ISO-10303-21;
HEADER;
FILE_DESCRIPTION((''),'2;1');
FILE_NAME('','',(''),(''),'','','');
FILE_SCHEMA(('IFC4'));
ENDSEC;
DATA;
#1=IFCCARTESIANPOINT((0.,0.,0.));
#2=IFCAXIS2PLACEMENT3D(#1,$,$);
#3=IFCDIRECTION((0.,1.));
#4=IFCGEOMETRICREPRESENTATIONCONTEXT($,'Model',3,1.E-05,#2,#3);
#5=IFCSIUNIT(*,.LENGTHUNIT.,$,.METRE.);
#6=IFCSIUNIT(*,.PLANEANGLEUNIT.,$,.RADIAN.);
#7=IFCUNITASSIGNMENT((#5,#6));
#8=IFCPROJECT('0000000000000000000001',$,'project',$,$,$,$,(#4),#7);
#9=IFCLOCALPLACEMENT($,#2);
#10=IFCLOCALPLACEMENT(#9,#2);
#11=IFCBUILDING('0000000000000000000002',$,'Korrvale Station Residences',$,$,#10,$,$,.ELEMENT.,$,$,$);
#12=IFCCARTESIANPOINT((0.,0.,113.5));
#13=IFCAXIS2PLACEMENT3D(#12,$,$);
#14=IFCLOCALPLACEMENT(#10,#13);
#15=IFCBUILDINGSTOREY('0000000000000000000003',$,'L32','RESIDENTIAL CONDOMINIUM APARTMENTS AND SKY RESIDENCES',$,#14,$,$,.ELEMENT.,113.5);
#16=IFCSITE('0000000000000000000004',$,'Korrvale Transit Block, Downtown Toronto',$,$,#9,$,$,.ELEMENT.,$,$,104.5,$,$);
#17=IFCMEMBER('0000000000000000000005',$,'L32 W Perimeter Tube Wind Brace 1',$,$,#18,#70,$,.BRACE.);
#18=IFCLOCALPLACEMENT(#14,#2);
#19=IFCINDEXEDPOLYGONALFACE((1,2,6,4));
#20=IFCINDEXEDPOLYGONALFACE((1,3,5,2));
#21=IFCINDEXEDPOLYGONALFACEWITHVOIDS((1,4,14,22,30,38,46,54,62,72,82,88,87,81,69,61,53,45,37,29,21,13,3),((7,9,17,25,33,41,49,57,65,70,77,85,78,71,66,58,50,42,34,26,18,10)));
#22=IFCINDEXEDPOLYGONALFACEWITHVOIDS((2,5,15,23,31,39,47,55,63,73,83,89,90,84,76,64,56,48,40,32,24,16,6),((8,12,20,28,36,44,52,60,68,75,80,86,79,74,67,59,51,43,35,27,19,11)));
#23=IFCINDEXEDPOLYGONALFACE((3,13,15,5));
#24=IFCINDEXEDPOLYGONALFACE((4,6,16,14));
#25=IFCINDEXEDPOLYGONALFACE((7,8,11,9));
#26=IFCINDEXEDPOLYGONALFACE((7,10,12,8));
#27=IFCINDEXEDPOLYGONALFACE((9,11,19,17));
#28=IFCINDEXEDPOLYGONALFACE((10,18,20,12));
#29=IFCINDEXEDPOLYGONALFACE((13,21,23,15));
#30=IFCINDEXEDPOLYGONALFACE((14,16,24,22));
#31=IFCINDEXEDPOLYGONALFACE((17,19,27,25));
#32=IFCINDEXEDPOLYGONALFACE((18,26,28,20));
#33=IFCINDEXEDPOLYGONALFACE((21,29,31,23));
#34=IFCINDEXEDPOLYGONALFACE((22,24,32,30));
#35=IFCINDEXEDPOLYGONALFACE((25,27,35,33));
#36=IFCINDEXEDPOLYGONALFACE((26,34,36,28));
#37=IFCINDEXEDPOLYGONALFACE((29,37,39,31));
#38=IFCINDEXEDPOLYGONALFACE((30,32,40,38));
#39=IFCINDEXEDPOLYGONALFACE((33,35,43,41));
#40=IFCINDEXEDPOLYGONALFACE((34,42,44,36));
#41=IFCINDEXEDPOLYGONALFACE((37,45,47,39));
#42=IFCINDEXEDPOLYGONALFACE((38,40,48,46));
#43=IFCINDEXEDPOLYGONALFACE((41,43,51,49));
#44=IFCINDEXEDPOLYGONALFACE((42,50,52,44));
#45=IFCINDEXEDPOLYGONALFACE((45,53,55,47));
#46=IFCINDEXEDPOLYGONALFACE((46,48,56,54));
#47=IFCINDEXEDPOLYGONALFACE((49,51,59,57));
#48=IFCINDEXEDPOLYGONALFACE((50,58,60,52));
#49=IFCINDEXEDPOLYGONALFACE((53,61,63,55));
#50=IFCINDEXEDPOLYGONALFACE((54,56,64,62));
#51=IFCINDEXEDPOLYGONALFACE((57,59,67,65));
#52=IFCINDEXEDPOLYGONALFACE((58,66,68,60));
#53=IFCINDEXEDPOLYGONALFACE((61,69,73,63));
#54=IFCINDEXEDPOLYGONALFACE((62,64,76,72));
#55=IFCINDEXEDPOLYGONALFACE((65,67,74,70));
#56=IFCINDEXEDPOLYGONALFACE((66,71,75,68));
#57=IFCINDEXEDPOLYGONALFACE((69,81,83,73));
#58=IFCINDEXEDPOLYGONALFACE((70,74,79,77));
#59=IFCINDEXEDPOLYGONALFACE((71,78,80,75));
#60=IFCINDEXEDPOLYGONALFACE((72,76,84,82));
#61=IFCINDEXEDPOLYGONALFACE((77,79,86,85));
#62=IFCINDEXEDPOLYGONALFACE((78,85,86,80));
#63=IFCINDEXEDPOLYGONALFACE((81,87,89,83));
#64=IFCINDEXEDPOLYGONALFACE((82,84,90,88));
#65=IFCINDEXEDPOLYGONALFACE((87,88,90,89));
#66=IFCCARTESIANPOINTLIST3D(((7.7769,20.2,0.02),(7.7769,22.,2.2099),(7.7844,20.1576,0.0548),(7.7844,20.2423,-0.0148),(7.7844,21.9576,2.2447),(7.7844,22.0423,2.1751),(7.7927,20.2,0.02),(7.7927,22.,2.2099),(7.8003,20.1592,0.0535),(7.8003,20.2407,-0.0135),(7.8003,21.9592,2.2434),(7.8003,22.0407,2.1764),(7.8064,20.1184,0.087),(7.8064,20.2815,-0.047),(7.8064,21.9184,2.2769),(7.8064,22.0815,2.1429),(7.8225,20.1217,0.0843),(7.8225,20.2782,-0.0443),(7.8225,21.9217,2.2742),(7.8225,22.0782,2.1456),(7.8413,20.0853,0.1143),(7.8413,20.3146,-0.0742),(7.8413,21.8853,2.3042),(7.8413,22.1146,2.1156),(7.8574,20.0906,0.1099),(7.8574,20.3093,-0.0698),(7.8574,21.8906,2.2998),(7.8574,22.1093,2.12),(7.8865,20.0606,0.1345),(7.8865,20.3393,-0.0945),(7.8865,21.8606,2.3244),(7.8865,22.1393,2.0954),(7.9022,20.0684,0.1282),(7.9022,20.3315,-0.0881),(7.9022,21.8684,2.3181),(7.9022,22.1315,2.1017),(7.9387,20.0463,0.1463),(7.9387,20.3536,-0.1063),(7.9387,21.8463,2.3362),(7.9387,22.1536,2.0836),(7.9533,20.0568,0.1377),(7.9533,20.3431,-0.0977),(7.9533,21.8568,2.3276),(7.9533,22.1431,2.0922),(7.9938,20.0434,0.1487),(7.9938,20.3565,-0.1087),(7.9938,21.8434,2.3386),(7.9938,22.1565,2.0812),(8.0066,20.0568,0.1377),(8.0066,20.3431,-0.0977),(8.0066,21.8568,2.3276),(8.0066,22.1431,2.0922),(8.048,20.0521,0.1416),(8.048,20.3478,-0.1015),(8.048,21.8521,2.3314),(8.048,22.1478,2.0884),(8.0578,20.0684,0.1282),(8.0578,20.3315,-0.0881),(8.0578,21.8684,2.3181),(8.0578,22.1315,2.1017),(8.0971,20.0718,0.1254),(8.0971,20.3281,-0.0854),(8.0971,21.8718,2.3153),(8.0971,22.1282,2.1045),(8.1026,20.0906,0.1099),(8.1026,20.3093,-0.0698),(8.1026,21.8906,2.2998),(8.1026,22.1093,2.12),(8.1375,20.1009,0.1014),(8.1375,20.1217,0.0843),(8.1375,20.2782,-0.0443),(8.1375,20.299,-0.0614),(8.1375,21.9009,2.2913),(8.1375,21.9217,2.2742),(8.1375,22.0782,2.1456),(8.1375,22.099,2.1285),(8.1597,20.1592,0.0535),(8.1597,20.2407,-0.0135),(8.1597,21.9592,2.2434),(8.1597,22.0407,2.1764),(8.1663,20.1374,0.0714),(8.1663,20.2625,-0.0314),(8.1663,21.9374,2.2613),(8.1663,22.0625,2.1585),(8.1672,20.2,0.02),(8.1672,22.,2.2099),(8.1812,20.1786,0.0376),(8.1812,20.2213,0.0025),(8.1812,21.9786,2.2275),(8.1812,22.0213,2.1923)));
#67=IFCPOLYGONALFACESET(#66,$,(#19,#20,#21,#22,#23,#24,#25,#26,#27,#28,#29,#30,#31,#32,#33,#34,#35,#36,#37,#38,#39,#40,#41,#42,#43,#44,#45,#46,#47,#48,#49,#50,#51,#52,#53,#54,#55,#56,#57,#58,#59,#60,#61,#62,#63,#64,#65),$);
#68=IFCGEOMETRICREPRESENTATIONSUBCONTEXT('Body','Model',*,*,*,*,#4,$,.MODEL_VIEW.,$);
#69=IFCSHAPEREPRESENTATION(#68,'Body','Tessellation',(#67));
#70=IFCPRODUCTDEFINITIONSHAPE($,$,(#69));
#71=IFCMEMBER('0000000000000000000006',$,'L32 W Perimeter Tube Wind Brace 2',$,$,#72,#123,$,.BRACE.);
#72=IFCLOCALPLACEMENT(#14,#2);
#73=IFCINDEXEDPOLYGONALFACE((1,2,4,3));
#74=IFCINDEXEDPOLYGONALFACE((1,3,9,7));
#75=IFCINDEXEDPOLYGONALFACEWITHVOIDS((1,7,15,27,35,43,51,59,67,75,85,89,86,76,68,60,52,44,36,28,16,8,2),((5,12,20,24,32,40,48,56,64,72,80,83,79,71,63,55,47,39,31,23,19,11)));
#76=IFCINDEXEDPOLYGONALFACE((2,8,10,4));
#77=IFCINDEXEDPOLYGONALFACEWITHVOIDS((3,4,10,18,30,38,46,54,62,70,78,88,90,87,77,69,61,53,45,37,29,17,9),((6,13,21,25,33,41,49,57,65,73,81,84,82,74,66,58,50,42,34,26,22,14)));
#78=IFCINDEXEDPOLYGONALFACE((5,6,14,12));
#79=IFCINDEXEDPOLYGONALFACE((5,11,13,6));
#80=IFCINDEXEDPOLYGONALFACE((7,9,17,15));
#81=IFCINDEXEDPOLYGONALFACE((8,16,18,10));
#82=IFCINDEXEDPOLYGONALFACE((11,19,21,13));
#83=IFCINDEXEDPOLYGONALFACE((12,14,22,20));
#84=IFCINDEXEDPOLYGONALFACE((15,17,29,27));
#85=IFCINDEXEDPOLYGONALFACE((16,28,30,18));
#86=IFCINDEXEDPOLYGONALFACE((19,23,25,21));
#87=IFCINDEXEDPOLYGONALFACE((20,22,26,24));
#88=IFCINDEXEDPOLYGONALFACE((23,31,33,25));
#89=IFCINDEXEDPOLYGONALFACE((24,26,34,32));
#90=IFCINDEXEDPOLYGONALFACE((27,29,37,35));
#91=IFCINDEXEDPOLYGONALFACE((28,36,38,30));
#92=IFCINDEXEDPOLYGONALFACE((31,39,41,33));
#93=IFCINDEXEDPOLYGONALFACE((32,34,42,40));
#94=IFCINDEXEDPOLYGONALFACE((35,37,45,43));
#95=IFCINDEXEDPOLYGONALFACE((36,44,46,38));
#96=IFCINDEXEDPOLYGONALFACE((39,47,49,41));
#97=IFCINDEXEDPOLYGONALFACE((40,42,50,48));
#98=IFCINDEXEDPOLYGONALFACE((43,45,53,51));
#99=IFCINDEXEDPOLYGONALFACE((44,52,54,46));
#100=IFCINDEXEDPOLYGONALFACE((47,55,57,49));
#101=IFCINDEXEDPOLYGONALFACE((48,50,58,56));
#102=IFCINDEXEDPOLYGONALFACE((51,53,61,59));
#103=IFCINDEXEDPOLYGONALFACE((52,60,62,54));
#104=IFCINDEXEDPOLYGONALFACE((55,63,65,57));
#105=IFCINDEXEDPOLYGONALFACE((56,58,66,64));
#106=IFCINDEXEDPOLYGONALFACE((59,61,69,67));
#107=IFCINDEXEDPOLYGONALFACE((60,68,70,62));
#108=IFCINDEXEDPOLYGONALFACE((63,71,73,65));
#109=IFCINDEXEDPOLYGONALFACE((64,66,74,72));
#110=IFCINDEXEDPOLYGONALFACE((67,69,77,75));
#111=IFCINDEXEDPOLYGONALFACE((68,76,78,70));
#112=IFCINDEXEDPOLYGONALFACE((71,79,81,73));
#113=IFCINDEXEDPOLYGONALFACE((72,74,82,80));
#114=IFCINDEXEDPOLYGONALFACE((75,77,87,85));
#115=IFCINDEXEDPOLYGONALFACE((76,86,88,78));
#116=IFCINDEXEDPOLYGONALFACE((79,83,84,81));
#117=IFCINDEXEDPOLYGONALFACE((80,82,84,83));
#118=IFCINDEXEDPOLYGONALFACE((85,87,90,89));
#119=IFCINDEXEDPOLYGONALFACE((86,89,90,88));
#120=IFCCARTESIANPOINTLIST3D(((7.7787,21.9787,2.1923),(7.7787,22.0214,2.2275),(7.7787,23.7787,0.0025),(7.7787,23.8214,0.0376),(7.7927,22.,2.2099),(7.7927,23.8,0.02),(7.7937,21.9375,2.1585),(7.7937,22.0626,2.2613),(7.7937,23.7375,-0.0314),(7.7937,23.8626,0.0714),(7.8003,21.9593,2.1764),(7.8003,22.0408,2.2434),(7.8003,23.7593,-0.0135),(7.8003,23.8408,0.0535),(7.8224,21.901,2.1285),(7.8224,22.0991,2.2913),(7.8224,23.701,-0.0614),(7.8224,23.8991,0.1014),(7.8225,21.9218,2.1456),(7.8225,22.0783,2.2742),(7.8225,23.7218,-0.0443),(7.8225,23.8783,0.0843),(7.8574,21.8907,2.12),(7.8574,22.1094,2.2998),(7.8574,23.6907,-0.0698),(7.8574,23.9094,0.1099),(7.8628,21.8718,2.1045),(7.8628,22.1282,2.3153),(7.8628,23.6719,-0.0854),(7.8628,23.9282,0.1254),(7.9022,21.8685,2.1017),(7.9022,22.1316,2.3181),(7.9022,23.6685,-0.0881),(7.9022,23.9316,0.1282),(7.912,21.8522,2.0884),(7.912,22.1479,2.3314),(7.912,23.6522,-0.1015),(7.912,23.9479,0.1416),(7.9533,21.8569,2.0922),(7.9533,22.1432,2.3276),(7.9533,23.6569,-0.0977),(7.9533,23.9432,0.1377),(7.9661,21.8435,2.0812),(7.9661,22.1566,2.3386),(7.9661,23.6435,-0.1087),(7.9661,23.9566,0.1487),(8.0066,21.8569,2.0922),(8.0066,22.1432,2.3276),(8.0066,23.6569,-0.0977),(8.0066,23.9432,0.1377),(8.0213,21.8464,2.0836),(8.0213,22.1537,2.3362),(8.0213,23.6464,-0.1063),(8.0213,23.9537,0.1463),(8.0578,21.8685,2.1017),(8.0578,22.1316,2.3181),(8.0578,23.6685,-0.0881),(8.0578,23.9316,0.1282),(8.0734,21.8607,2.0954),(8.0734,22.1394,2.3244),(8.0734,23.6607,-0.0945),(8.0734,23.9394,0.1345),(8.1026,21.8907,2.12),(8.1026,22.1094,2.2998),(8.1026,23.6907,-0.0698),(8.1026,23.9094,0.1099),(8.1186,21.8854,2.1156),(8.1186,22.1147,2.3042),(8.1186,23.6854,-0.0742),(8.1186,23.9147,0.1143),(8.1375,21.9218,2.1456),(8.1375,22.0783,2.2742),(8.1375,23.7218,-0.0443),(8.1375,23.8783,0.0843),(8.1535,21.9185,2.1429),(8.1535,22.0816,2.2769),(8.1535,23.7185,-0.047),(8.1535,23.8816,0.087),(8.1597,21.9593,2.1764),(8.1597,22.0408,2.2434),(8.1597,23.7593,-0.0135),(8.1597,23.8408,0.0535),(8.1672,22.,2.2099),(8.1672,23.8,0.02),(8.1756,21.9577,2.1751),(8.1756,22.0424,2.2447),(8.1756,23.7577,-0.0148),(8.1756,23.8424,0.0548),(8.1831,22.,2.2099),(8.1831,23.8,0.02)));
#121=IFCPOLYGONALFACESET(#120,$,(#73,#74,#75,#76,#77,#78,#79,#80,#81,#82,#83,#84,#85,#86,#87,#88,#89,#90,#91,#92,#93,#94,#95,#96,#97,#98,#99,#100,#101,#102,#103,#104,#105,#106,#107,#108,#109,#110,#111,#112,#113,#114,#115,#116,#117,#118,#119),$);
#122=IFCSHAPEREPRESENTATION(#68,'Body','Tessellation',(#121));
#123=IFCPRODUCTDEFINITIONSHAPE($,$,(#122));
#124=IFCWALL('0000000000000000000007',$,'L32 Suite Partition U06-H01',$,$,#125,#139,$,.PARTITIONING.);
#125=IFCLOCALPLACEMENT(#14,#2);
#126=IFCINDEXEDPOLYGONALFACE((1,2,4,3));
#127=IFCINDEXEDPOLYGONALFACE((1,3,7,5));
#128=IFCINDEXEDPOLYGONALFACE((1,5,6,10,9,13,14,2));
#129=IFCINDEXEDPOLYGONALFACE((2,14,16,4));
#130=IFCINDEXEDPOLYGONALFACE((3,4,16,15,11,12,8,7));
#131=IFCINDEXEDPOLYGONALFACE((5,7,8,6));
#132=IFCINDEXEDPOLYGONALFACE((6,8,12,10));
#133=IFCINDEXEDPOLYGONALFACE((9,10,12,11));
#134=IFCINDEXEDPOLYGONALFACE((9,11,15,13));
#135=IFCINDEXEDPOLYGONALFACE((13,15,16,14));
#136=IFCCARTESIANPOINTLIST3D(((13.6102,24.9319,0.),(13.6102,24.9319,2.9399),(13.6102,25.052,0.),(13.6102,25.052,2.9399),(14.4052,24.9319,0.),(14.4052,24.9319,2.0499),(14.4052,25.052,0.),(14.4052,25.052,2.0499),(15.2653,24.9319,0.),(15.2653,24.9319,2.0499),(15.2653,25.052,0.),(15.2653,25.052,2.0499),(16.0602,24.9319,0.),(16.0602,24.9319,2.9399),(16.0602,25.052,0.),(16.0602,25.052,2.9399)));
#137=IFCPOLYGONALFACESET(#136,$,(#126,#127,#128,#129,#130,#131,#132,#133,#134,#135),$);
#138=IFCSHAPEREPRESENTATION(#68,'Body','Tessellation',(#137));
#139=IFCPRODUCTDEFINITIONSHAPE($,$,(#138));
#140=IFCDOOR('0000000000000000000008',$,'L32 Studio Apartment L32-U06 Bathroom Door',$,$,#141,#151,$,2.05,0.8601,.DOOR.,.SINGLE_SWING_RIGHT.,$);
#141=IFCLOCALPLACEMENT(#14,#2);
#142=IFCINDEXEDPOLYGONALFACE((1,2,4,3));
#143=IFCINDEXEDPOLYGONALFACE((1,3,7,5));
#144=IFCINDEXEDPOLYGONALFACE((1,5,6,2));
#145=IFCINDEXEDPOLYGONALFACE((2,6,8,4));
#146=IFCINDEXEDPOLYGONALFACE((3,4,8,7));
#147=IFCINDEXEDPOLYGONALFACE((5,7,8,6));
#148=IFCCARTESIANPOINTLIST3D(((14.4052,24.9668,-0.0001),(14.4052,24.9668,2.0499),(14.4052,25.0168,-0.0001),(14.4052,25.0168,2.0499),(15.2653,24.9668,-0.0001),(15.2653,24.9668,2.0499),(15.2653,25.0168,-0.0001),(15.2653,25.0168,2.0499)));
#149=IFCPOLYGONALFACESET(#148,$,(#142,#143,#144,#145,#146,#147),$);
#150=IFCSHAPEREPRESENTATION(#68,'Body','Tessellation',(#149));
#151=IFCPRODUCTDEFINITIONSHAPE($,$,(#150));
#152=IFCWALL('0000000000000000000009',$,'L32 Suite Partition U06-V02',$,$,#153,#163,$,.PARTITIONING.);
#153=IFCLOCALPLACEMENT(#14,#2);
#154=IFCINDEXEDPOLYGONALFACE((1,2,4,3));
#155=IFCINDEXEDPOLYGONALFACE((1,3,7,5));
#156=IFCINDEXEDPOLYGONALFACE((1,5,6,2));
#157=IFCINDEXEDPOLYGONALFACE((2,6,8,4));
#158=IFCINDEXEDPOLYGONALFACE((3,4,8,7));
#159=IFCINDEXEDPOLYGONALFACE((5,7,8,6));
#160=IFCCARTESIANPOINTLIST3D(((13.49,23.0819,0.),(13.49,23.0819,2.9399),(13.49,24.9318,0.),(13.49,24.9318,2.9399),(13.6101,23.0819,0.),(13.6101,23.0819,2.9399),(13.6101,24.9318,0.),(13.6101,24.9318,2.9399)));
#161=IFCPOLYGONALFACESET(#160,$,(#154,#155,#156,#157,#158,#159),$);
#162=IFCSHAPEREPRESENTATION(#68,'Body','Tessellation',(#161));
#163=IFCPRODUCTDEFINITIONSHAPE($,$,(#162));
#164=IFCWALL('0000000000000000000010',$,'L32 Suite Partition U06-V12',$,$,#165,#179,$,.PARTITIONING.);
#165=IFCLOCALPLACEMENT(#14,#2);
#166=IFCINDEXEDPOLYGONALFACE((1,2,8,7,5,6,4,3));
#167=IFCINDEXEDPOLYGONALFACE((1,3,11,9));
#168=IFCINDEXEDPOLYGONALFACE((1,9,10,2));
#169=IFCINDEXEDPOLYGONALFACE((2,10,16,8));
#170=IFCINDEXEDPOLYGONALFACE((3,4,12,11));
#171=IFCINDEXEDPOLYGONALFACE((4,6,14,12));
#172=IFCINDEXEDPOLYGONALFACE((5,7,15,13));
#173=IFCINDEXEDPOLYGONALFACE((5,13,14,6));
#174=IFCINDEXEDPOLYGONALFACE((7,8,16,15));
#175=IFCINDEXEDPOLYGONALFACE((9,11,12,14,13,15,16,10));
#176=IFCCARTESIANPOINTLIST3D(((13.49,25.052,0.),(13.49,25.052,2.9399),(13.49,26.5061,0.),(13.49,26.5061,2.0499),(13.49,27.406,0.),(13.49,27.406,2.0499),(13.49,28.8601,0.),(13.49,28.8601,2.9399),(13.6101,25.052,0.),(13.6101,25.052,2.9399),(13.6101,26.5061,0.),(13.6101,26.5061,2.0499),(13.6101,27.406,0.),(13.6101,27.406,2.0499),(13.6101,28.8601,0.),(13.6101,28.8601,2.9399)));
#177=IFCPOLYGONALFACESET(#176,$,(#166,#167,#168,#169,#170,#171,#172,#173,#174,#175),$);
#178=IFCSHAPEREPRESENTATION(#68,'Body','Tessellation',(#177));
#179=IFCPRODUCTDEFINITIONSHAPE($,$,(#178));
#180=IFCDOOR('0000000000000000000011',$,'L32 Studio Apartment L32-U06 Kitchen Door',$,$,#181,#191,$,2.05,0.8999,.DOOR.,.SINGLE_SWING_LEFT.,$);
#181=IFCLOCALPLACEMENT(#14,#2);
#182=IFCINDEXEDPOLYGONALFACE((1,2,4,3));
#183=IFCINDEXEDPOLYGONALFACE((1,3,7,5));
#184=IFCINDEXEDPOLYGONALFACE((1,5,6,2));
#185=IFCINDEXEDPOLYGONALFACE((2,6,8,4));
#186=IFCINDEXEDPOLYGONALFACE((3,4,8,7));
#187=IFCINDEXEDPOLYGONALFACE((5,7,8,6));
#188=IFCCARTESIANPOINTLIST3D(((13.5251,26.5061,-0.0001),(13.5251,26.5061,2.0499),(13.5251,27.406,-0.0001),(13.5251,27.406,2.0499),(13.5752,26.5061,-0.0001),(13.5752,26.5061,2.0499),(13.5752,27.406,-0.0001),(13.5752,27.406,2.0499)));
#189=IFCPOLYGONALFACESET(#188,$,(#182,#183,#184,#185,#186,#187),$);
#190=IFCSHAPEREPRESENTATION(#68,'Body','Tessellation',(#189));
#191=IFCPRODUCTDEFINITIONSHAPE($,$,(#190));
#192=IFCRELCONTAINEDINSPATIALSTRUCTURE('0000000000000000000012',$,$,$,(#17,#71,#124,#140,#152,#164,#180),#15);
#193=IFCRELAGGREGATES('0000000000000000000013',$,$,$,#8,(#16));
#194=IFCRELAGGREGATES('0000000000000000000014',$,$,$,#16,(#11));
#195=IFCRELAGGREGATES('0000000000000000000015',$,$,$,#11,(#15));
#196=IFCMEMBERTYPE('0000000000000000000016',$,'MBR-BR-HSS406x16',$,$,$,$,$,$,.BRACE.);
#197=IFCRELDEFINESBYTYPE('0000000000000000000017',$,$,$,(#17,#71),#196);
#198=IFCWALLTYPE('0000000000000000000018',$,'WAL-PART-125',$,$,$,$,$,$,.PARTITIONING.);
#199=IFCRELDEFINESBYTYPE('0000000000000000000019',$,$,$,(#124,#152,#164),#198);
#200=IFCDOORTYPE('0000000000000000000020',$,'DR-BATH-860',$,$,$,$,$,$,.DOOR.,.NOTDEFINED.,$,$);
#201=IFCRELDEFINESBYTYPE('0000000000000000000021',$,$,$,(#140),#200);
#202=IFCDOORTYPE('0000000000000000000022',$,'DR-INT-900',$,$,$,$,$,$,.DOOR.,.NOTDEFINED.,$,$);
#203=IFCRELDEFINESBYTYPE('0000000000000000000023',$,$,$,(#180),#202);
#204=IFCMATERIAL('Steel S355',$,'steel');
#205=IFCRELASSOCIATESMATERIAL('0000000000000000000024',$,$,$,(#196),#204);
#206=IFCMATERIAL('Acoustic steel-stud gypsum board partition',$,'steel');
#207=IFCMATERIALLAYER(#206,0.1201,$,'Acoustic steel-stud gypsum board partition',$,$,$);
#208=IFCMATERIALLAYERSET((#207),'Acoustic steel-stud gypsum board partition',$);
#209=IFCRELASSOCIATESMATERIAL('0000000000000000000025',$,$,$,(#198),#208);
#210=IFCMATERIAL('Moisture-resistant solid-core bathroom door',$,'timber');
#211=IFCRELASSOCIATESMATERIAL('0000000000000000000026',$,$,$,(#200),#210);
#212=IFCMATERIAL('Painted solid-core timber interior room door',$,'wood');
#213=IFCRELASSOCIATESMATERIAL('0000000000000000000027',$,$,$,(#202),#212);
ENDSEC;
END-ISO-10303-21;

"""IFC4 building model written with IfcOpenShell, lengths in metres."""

from ifc_helpers import new_model, si_unit, direction, frame, frame_2d, origin, origin_2d, place, context, subcontext, project, spatial, rectangle, hollow_circle, extrude, material, layer, layer_set, material_profile, profile_set, type_object, element, fill, save


model = new_model("IFC4")

# Units and contexts
model_context = context("Model", 3, precision=1e-05, world=origin(), true_north=direction((0.0, 1.0)))
body_context = subcontext(model_context, "Body", "Model", "MODEL_VIEW")
ifc_project = project(units=[si_unit("LENGTHUNIT", "METRE"), si_unit("PLANEANGLEUNIT", "RADIAN")], contexts=[model_context])

# Site, building, storey
site_placement = place(None, origin())
site = spatial("IfcSite", under=ifc_project, at=site_placement, Name="Korrvale Transit Block, Downtown Toronto", CompositionType="ELEMENT", RefElevation=104.5)
building_placement = place(site_placement, origin())
building = spatial("IfcBuilding", under=site, at=building_placement, Name="Korrvale Station Residences", CompositionType="ELEMENT")
storey_placement = place(building_placement, frame((0.0, 0.0, 113.5)))
storey = spatial("IfcBuildingStorey", under=building, at=storey_placement, Name="L32", Description="RESIDENTIAL CONDOMINIUM APARTMENTS AND SKY RESIDENCES", CompositionType="ELEMENT", Elevation=113.5)

# Shared definitions
ifc_material_1 = material(Name="Steel S355", Category="steel")

# Members
ifc_material_profile_1 = material_profile(ifc_material_1, hollow_circle(Radius=0.2031, WallThickness=0.0159, at=origin_2d()), Name="HSS406x16")
ifc_profile_set_1 = profile_set([ifc_material_profile_1], Name="Steel S355")
member_type = type_object("IfcMemberType", Name="MBR-BR-HSS406x16", PredefinedType="BRACE", material=ifc_profile_set_1)
for number, where, z_axis, x_axis, name in (
    (1, (7.98, 20.2, 0.02), (0.0, 0.634985, 0.772524), (-1.0, 0.0, 0.0), "L32 W Perimeter Tube Wind Brace 1"),
    (2, (7.98, 23.8, 0.02), (0.0, -0.634985, 0.772524), (1.0, 0.0, 0.0), "L32 W Perimeter Tube Wind Brace 2"),
):
    element("IfcMember", number, at=place(storey_placement, frame(where, z_axis=z_axis, x_axis=x_axis)), inside=storey, type_object=member_type, Name=name, PredefinedType="BRACE", context=body_context, shape_type="SweptSolid", body=[
        extrude(hollow_circle(Radius=0.2031, WallThickness=0.0159, at=origin_2d()), origin(), (0.0, 0.0, 1.0), 2.8347),
    ])

# Wall, opening, door
ifc_material_2 = material(Name="Acoustic steel-stud gypsum board partition", Category="steel")
ifc_layer_1 = layer(ifc_material_2, 0.1201, Name="Acoustic steel-stud gypsum board partition")
ifc_layer_set_1 = layer_set([ifc_layer_1], Name="Acoustic steel-stud gypsum board partition")
wall_type_1 = type_object("IfcWallType", Name="WAL-PART-125", PredefinedType="PARTITIONING", material=ifc_layer_set_1)
wall_1_placement = place(storey_placement, frame((13.6101, 24.9919, 0.0), z_axis=(0.0, 0.0, 1.0), x_axis=(1.0, 0.0, 0.0)))
wall_1 = element("IfcWall", 3, at=wall_1_placement, inside=storey, type_object=wall_type_1, Name="L32 Suite Partition U06-H01", PredefinedType="PARTITIONING", context=body_context, shape_type="SweptSolid", body=[
    extrude(rectangle(XDim=2.45, YDim=0.1201, at=frame_2d((1.2251, 0.0))), origin(), (0.0, 0.0, 1.0), 2.9399),
])
opening_1_placement = place(wall_1_placement, frame((0.7949, 0.0, 0.0)))
opening_1 = element("IfcOpeningElement", 4, at=opening_1_placement, cuts=wall_1, PredefinedType="OPENING", context=body_context, shape_type="SweptSolid", body=[
    extrude(rectangle(XDim=0.8601, YDim=2.05, at=frame_2d((0.4302, 1.0249))), frame((0.0, 0.0701, 0.0), z_axis=(0.0, -1.0, 0.0), x_axis=(1.0, 0.0, 0.0)), (0.0, 0.0, 1.0), 0.1401),
])
ifc_material_3 = material(Name="Moisture-resistant solid-core bathroom door", Category="timber")
door_type_1 = type_object("IfcDoorType", Name="DR-BATH-860", OperationType="NOTDEFINED", PredefinedType="DOOR", material=ifc_material_3)
door_1_placement = place(opening_1_placement, origin())
door_1 = element("IfcDoor", 5, at=door_1_placement, inside=storey, type_object=door_type_1, Name="L32 Studio Apartment L32-U06 Bathroom Door", OperationType="SINGLE_SWING_RIGHT", OverallHeight=2.05, OverallWidth=0.8601, PredefinedType="DOOR", context=body_context, shape_type="SweptSolid", body=[
    extrude(rectangle(XDim=0.8601, YDim=2.05, at=frame_2d((0.4302, 1.0249))), frame((0.0, 0.0249, 0.0), z_axis=(0.0, -1.0, 0.0), x_axis=(1.0, 0.0, 0.0)), (0.0, 0.0, 1.0), 0.05),
])
fill(opening_1, door_1)

# Wall
wall_2_placement = place(storey_placement, frame((13.55, 23.082, 0.0), z_axis=(0.0, 0.0, 1.0), x_axis=(0.0, 1.0, 0.0)))
element("IfcWall", 6, at=wall_2_placement, inside=storey, type_object=wall_type_1, Name="L32 Suite Partition U06-V02", PredefinedType="PARTITIONING", context=body_context, shape_type="SweptSolid", body=[
    extrude(rectangle(XDim=1.8499, YDim=0.1201, at=frame_2d((0.9248, 0.0))), origin(), (0.0, 0.0, 1.0), 2.9399),
])

# Wall, opening, door
wall_3_placement = place(storey_placement, frame((13.55, 25.052, 0.0), z_axis=(0.0, 0.0, 1.0), x_axis=(0.0, 1.0, 0.0)))
wall_3 = element("IfcWall", 7, at=wall_3_placement, inside=storey, type_object=wall_type_1, Name="L32 Suite Partition U06-V12", PredefinedType="PARTITIONING", context=body_context, shape_type="SweptSolid", body=[
    extrude(rectangle(XDim=3.8081, YDim=0.1201, at=frame_2d((1.9041, 0.0))), origin(), (0.0, 0.0, 1.0), 2.9399),
])
opening_2_placement = place(wall_3_placement, frame((1.4541, 0.0, 0.0)))
opening_2 = element("IfcOpeningElement", 8, at=opening_2_placement, cuts=wall_3, PredefinedType="OPENING", context=body_context, shape_type="SweptSolid", body=[
    extrude(rectangle(XDim=0.8999, YDim=2.05, at=frame_2d((0.45, 1.0249))), frame((0.0, 0.0701, 0.0), z_axis=(0.0, -1.0, 0.0), x_axis=(1.0, 0.0, 0.0)), (0.0, 0.0, 1.0), 0.1401),
])
ifc_material_4 = material(Name="Painted solid-core timber interior room door", Category="wood")
door_type_2 = type_object("IfcDoorType", Name="DR-INT-900", OperationType="NOTDEFINED", PredefinedType="DOOR", material=ifc_material_4)
door_2_placement = place(opening_2_placement, origin())
door_2 = element("IfcDoor", 9, at=door_2_placement, inside=storey, type_object=door_type_2, Name="L32 Studio Apartment L32-U06 Kitchen Door", OperationType="SINGLE_SWING_LEFT", OverallHeight=2.05, OverallWidth=0.8999, PredefinedType="DOOR", context=body_context, shape_type="SweptSolid", body=[
    extrude(rectangle(XDim=0.8999, YDim=2.05, at=frame_2d((0.45, 1.0249))), frame((0.0, 0.0249, 0.0), z_axis=(0.0, -1.0, 0.0), x_axis=(1.0, 0.0, 0.0)), (0.0, 0.0, 1.0), 0.05),
])
fill(opening_2, door_2)

save(model, "model.ifc")
